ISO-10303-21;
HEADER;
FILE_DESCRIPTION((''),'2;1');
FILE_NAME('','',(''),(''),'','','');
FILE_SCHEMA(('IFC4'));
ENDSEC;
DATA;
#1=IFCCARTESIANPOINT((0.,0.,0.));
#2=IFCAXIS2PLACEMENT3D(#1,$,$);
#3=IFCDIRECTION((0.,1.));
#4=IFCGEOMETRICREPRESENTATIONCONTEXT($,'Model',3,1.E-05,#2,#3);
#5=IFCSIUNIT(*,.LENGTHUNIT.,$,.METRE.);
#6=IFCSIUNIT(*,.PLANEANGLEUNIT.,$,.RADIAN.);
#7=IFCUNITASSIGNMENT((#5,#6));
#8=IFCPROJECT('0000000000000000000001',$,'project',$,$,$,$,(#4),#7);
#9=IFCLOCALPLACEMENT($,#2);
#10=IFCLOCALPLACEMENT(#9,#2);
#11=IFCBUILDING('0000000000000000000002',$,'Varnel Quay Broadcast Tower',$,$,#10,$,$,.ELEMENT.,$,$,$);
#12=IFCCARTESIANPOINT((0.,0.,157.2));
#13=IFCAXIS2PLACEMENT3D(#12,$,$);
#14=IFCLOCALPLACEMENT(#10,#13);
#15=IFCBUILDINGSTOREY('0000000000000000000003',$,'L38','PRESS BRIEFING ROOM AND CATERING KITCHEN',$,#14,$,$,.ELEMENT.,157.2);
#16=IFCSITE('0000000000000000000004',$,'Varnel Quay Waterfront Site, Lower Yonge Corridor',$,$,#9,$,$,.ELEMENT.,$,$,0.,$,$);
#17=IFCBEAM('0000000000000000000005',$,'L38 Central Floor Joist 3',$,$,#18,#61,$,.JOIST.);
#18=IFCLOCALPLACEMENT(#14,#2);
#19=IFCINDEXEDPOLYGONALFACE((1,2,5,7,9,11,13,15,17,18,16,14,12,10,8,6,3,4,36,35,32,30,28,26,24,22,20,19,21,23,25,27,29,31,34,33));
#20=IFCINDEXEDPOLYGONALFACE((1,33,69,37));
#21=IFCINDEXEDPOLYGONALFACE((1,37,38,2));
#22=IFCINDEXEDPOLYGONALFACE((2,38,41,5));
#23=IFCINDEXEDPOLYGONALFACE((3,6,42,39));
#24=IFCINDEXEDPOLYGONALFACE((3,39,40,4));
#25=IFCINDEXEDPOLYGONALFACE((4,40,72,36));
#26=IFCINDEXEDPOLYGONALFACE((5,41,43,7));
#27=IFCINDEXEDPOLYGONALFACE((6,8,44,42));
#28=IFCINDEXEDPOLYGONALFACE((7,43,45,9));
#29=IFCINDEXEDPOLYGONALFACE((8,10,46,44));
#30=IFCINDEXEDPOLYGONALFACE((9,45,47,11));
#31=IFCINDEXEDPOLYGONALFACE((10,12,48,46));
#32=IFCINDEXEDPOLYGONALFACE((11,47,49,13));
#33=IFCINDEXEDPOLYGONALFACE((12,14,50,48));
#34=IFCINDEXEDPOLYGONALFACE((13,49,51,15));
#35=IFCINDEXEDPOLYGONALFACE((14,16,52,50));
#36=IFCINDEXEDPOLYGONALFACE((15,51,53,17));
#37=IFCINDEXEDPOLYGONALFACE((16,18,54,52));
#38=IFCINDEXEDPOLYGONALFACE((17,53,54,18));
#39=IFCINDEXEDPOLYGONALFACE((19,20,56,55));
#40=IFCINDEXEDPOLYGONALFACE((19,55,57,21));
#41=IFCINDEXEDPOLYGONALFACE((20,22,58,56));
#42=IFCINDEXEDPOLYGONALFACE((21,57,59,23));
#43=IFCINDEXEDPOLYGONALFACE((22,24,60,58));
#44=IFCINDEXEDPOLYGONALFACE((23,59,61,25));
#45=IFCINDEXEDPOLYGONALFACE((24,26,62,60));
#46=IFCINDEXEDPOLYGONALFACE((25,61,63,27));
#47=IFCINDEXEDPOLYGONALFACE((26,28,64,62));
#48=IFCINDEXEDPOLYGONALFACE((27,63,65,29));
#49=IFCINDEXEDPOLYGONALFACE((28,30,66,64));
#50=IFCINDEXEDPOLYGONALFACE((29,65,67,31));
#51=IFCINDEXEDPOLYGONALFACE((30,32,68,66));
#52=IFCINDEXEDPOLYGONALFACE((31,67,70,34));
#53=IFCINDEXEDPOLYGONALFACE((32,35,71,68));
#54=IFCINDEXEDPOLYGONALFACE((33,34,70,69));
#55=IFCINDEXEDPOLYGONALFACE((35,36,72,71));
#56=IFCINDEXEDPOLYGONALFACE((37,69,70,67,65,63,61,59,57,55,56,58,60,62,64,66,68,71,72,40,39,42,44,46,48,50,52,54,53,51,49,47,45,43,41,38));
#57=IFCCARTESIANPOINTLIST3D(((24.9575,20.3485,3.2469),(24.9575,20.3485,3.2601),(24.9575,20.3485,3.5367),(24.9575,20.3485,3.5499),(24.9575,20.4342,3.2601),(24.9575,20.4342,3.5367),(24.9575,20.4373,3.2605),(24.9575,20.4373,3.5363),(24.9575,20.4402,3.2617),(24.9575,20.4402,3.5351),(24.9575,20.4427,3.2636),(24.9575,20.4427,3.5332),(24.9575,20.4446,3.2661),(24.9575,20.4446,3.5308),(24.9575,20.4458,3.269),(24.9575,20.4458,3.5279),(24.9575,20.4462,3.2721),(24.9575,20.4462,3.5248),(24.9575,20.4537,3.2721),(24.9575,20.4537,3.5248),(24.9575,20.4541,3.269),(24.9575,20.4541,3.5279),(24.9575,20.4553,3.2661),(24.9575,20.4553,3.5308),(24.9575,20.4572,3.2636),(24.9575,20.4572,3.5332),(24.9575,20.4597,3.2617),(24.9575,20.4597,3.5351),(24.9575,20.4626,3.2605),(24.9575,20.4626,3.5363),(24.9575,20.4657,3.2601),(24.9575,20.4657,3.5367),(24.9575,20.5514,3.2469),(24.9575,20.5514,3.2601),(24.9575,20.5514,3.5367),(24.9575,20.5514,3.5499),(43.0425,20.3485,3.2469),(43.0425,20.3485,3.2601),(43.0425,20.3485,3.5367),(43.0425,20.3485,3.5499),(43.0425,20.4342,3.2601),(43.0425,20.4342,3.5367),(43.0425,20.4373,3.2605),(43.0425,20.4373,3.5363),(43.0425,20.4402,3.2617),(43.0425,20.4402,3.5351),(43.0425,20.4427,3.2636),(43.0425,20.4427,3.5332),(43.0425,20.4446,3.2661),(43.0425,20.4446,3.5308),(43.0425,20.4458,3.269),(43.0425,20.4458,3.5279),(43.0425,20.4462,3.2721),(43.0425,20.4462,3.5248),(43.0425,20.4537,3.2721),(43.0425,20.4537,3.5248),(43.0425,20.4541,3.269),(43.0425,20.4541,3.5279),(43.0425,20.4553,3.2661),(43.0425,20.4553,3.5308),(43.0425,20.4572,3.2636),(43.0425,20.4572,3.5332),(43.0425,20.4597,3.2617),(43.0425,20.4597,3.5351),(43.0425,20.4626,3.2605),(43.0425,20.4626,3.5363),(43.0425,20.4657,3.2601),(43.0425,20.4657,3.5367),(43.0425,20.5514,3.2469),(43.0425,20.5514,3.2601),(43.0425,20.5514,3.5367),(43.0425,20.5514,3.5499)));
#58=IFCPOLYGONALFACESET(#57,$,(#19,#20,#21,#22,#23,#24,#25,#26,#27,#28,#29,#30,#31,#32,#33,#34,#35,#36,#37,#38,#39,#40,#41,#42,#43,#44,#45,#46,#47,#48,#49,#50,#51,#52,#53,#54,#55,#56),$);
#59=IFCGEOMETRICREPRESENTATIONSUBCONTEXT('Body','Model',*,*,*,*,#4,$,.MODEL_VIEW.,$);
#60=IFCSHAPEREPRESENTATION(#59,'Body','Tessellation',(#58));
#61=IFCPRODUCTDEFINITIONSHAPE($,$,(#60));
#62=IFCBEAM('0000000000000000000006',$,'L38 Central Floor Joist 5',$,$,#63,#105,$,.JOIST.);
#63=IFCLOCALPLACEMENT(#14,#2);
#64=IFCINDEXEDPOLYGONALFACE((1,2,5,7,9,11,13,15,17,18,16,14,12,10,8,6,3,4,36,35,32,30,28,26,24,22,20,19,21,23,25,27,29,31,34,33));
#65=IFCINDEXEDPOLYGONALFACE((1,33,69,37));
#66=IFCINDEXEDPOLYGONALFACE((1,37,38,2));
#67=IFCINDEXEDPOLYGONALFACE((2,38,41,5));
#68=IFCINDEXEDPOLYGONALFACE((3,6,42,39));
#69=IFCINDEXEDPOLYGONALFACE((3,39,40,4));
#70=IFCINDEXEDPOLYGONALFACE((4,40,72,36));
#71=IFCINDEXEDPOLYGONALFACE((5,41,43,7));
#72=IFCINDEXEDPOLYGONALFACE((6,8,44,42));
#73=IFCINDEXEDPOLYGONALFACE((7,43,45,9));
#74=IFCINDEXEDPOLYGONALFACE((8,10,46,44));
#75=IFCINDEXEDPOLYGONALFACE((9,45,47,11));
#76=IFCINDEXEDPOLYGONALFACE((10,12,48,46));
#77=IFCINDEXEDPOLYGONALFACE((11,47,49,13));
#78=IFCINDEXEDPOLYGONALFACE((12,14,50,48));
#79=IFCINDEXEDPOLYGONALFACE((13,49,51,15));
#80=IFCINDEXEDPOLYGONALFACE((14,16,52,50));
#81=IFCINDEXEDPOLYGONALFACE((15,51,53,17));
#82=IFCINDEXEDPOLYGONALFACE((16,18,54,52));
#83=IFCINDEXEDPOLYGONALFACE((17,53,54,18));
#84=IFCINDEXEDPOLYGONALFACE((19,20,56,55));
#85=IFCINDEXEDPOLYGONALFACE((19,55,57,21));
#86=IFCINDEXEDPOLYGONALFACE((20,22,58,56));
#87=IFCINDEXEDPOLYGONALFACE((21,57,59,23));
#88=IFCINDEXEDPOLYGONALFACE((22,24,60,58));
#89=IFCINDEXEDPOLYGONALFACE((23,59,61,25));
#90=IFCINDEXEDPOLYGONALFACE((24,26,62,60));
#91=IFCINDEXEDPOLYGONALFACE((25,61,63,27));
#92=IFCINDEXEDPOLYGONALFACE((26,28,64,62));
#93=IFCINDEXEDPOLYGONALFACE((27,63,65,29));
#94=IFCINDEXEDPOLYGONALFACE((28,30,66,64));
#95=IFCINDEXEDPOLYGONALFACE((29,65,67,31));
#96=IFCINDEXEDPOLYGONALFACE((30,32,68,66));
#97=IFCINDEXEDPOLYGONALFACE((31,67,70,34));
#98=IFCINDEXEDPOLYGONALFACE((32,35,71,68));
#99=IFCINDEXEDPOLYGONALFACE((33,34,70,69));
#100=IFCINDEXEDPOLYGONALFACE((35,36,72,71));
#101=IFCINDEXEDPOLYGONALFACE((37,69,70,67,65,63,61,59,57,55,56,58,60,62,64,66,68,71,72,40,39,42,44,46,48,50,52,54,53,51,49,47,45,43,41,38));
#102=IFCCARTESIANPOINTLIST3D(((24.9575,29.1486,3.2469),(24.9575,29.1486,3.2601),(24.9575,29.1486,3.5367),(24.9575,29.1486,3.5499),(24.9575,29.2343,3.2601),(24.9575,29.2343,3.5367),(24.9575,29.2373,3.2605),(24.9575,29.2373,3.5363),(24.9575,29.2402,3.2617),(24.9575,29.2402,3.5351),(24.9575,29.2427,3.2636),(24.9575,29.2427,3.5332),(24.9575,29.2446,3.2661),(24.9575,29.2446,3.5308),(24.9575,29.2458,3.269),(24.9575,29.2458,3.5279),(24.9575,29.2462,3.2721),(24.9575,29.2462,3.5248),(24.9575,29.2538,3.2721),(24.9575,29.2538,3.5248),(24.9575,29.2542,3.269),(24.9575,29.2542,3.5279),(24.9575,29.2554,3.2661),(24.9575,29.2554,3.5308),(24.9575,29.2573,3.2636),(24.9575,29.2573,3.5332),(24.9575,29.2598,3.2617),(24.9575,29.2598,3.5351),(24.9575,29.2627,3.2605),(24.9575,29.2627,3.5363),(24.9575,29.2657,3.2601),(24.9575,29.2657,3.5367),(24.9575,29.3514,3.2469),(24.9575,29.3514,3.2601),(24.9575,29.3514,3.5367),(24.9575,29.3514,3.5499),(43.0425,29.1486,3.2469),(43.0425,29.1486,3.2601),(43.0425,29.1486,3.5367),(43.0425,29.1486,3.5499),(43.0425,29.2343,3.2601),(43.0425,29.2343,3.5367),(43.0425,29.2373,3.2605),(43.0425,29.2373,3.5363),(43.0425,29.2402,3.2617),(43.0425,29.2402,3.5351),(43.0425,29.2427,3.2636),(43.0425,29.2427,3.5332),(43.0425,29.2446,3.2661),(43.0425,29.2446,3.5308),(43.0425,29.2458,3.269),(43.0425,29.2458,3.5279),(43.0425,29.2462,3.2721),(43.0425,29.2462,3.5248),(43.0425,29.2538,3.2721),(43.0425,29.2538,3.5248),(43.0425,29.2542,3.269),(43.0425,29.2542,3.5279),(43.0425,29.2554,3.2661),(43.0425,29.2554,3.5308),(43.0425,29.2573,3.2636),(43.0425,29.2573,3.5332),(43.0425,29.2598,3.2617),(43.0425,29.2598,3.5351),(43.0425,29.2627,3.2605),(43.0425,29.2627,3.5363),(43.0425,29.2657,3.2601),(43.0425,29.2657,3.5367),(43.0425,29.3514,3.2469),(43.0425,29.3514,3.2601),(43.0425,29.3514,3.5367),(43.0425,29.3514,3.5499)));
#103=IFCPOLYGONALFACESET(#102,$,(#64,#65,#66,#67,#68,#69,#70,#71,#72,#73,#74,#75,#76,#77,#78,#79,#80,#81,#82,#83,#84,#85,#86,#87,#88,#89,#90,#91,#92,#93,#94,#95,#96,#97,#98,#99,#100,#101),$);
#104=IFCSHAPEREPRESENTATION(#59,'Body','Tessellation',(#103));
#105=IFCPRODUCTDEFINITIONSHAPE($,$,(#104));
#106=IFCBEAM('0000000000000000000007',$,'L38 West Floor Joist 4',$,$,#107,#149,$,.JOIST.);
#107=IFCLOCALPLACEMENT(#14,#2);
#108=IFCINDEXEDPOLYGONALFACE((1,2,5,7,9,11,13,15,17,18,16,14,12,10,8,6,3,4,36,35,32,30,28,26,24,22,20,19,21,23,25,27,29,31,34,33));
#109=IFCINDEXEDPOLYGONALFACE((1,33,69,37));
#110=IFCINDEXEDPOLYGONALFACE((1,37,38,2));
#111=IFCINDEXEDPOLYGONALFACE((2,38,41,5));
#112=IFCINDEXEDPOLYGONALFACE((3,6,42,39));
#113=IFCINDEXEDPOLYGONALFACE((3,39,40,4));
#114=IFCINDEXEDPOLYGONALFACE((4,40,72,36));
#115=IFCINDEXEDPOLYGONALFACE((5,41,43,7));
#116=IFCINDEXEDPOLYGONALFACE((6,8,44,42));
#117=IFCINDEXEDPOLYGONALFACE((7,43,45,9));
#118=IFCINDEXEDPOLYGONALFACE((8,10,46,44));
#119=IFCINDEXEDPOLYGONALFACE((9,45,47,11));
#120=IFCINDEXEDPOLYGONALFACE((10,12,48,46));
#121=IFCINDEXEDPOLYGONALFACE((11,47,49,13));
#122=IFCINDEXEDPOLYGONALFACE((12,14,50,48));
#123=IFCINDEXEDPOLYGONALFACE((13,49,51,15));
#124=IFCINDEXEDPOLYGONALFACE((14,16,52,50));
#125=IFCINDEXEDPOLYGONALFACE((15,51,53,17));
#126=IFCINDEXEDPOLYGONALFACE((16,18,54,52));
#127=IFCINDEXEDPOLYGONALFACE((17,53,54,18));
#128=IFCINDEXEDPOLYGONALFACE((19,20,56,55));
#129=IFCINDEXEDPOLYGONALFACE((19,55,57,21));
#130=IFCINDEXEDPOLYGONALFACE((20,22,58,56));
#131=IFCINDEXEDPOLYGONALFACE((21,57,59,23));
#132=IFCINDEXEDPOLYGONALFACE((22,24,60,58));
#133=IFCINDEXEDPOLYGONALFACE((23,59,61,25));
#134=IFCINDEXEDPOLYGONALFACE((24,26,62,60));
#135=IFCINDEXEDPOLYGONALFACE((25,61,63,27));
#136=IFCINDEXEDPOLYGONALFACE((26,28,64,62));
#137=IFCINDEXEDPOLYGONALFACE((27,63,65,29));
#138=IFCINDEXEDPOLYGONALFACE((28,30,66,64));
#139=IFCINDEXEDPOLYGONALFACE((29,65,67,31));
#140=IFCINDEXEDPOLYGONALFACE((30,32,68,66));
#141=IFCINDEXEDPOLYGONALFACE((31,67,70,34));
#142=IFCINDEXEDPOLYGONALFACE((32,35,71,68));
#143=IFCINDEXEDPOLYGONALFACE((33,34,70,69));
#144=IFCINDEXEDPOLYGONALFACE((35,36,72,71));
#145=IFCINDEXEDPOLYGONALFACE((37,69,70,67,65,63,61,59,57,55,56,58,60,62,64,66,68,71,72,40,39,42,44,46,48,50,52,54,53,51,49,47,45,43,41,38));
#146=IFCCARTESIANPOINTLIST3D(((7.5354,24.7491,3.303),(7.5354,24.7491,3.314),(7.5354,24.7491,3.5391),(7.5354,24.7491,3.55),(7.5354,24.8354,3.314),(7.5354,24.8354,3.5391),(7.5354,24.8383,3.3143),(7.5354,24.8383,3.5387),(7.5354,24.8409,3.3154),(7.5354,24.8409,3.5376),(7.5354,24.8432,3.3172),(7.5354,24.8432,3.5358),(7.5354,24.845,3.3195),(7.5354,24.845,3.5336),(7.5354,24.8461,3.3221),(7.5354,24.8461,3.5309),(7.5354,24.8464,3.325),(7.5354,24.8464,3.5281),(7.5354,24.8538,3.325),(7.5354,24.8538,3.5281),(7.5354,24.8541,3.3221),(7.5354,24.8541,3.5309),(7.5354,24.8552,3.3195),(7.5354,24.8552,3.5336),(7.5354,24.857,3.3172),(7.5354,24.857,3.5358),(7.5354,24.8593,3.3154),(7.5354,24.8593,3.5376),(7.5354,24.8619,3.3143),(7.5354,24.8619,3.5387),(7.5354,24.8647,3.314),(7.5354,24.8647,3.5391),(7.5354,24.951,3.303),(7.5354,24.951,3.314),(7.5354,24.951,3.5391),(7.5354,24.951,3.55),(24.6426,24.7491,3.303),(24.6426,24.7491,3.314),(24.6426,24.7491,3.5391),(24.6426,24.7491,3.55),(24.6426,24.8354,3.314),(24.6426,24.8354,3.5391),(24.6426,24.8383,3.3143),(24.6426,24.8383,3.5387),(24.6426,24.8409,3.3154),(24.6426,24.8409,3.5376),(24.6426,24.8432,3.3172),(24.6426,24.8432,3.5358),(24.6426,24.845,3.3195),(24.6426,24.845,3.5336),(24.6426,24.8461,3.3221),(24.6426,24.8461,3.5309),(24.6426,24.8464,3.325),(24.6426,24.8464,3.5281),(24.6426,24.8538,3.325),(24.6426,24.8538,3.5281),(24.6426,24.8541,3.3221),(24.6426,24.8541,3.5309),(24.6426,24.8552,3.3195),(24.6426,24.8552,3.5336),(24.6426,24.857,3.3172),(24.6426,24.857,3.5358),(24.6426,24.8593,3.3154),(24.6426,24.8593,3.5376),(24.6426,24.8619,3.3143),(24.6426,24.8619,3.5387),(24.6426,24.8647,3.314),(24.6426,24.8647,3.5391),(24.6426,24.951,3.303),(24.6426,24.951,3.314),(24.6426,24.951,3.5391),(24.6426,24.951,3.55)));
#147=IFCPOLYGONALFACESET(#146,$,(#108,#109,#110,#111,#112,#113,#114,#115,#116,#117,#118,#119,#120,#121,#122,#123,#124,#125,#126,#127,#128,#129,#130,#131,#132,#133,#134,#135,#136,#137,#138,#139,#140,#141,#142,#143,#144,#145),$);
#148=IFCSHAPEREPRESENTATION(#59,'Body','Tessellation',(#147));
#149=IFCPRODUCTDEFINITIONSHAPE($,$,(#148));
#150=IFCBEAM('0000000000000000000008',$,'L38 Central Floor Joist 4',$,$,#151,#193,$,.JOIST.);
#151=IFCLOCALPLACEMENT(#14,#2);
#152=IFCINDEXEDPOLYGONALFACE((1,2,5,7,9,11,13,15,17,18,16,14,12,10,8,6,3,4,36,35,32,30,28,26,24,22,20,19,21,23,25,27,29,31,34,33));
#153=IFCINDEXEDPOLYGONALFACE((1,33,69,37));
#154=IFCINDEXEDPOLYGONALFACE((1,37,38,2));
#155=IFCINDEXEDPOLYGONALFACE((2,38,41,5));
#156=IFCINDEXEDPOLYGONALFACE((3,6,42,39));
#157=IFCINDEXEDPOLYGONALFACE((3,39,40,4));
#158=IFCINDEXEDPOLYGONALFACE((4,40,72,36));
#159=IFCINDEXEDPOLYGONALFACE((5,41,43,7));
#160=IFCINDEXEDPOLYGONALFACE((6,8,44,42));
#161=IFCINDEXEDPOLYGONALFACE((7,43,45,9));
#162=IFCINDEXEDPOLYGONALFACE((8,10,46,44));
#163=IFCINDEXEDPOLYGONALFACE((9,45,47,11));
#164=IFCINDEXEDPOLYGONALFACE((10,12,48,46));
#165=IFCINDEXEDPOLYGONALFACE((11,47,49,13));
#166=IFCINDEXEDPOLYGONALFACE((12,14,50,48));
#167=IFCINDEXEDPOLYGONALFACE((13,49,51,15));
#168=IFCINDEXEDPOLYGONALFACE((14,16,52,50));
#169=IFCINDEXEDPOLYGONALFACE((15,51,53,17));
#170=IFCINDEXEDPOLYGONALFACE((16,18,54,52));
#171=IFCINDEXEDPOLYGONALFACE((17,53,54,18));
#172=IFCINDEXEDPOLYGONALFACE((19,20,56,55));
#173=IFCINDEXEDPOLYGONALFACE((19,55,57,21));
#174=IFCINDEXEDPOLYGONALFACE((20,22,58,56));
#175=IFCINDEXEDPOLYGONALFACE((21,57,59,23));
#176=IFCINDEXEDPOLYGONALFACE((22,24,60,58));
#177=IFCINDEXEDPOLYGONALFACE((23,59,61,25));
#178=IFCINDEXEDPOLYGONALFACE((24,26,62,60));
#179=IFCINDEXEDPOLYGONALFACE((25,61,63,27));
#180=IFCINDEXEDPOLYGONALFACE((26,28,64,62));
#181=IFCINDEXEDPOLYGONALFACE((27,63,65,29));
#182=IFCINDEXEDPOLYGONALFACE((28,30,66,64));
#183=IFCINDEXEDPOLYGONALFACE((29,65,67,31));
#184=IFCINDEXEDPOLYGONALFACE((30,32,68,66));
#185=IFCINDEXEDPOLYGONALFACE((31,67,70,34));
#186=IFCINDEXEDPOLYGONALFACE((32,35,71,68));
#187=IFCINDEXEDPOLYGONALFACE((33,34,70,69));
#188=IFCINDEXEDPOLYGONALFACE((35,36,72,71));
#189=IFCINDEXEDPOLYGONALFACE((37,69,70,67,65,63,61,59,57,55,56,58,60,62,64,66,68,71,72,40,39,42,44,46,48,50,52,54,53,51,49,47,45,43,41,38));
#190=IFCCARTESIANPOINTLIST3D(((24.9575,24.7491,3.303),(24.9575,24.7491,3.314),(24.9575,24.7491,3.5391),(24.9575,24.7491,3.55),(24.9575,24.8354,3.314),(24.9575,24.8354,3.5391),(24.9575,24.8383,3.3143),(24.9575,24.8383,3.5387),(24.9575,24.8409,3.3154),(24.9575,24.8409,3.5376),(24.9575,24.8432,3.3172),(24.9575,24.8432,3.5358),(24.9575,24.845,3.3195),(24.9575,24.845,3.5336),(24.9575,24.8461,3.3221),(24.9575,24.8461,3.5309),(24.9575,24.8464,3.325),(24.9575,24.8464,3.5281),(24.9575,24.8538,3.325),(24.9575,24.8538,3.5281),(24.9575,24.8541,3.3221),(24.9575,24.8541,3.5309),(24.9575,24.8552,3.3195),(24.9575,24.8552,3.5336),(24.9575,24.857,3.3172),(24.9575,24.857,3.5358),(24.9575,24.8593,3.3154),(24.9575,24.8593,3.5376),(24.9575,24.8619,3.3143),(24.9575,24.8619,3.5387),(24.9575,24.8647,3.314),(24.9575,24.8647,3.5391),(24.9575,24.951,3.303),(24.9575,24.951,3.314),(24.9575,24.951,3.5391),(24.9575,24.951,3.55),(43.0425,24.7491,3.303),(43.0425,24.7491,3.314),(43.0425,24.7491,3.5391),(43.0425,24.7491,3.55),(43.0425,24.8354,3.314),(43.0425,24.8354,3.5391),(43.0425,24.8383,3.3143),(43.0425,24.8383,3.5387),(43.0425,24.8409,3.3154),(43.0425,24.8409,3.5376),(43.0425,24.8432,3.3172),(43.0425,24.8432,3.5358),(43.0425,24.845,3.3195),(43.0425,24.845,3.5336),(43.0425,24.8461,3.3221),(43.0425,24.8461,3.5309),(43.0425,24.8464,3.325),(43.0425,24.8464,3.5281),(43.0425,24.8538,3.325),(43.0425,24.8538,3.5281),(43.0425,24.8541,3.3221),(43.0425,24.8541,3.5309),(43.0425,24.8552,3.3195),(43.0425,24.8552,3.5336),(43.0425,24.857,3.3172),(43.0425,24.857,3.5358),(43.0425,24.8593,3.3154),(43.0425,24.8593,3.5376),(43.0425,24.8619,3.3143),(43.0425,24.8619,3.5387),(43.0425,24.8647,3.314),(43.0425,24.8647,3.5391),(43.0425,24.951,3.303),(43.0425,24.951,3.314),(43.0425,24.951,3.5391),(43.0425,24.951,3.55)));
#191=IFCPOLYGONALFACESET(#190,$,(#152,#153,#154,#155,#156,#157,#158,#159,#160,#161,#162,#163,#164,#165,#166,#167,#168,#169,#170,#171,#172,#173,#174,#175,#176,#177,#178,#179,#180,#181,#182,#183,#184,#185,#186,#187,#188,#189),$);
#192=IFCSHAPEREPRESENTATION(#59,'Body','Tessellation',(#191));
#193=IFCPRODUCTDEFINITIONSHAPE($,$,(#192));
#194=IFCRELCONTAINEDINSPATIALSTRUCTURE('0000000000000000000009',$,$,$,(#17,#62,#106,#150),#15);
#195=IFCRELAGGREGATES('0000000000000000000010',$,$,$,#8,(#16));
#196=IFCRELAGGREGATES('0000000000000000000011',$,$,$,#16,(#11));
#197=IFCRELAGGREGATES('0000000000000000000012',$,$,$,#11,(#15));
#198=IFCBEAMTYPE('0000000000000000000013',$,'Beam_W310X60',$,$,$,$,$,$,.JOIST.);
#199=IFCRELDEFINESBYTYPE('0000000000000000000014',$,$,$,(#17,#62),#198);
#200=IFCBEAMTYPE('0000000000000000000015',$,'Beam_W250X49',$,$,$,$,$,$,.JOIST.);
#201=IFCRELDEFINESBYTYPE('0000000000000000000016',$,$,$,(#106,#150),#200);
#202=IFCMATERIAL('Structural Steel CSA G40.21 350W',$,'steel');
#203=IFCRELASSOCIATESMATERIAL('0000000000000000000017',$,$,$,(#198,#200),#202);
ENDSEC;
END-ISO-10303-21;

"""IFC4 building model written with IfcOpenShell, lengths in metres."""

from ifc_helpers import new_model, si_unit, direction, frame, origin, origin_2d, place, context, subcontext, project, spatial, i_section, extrude, source, transform, mapped, material, material_profile, profile_set, type_object, type_shapes, element, save


model = new_model("IFC4")

# Units and contexts
model_context = context("Model", 3, precision=1e-05, world=origin(), true_north=direction((0.0, 1.0)))
body_context = subcontext(model_context, "Body", "Model", "MODEL_VIEW")
ifc_project = project(units=[si_unit("LENGTHUNIT", "METRE"), si_unit("PLANEANGLEUNIT", "RADIAN")], contexts=[model_context])

# Site, building, storey
site_placement = place(None, origin())
site = spatial("IfcSite", under=ifc_project, at=site_placement, Name="Varnel Quay Waterfront Site, Lower Yonge Corridor", CompositionType="ELEMENT", RefElevation=0.0)
building_placement = place(site_placement, origin())
building = spatial("IfcBuilding", under=site, at=building_placement, Name="Varnel Quay Broadcast Tower", CompositionType="ELEMENT")
storey_placement = place(building_placement, frame((0.0, 0.0, 157.2)))
storey = spatial("IfcBuildingStorey", under=building, at=storey_placement, Name="L38", Description="PRESS BRIEFING ROOM AND CATERING KITCHEN", CompositionType="ELEMENT", Elevation=157.2)

# Beams
ifc_material_1 = material(Name="Structural Steel CSA G40.21 350W", Category="steel")
ifc_material_profile_1 = material_profile(ifc_material_1, i_section(OverallWidth=0.2029, OverallDepth=0.303, WebThickness=0.0076, FlangeThickness=0.0132, FilletRadius=0.012, at=origin_2d()), Name="W310X60")
ifc_profile_set_1 = profile_set([ifc_material_profile_1], Name="Structural Steel CSA G40.21 350W")
beam_type_1 = type_object("IfcBeamType", Name="Beam_W310X60", PredefinedType="JOIST", material=ifc_profile_set_1)
shared_shape_1 = source(origin(), body_context, "Body", "SweptSolid", [
    extrude(i_section(OverallWidth=0.2029, OverallDepth=0.303, WebThickness=0.0076, FlangeThickness=0.0132, FilletRadius=0.012, at=origin_2d()), origin(), (0.0, 0.0, 1.0), 18.085),
])
for number, where, z_axis, x_axis, name in (
    (1, (24.9575, 20.45, 3.3984), (1.0, 0.0, 0.0), (0.0, 1.0, 0.0), "L38 Central Floor Joist 3"),
    (2, (24.9575, 29.25, 3.3984), (1.0, 0.0, 0.0), (0.0, 1.0, 0.0), "L38 Central Floor Joist 5"),
):
    element("IfcBeam", number, at=place(storey_placement, frame(where, z_axis=z_axis, x_axis=x_axis)), inside=storey, type_object=beam_type_1, Name=name, PredefinedType="JOIST", context=body_context, shape_type="MappedRepresentation", body=[
        mapped(shared_shape_1, transform((0.0, 0.0, 0.0), x_axis=(1.0, 0.0, 0.0), y_axis=(0.0, 1.0, 0.0), z_axis=(0.0, 0.0, 1.0), scale=1.0)),
    ])
ifc_material_profile_2 = material_profile(ifc_material_1, i_section(OverallWidth=0.2019, OverallDepth=0.2471, WebThickness=0.0073, FlangeThickness=0.011, FilletRadius=0.011, at=origin_2d()), Name="W250X49")
ifc_profile_set_2 = profile_set([ifc_material_profile_2], Name="Structural Steel CSA G40.21 350W")
beam_type_2 = type_object("IfcBeamType", Name="Beam_W250X49", PredefinedType="JOIST", material=ifc_profile_set_2)
shared_shape_2 = source(origin(), body_context, "Body", "SweptSolid", [
    extrude(i_section(OverallWidth=0.2019, OverallDepth=0.2471, WebThickness=0.0073, FlangeThickness=0.011, FilletRadius=0.011, at=origin_2d()), origin(), (0.0, 0.0, 1.0), 17.1072),
])
beam_1_placement = place(storey_placement, frame((7.5354, 24.8501, 3.4265), z_axis=(1.0, 0.0, 0.0), x_axis=(0.0, 1.0, 0.0)))
element("IfcBeam", 3, at=beam_1_placement, inside=storey, type_object=beam_type_2, Name="L38 West Floor Joist 4", PredefinedType="JOIST", context=body_context, shape_type="MappedRepresentation", body=[
    mapped(shared_shape_2, transform((0.0, 0.0, 0.0), x_axis=(1.0, 0.0, 0.0), y_axis=(0.0, 1.0, 0.0), z_axis=(0.0, 0.0, 1.0), scale=1.0)),
])
shared_shape_3 = source(origin(), body_context, "Body", "SweptSolid", [
    extrude(i_section(OverallWidth=0.2019, OverallDepth=0.2471, WebThickness=0.0073, FlangeThickness=0.011, FilletRadius=0.011, at=origin_2d()), origin(), (0.0, 0.0, 1.0), 18.085),
])
type_shapes(beam_type_2, [shared_shape_2, shared_shape_3])
beam_2_placement = place(storey_placement, frame((24.9575, 24.8501, 3.4265), z_axis=(1.0, 0.0, 0.0), x_axis=(0.0, 1.0, 0.0)))
element("IfcBeam", 4, at=beam_2_placement, inside=storey, type_object=beam_type_2, Name="L38 Central Floor Joist 4", PredefinedType="JOIST", context=body_context, shape_type="MappedRepresentation", body=[
    mapped(shared_shape_3, transform((0.0, 0.0, 0.0), x_axis=(1.0, 0.0, 0.0), y_axis=(0.0, 1.0, 0.0), z_axis=(0.0, 0.0, 1.0), scale=1.0)),
])

save(model, "model.ifc")
